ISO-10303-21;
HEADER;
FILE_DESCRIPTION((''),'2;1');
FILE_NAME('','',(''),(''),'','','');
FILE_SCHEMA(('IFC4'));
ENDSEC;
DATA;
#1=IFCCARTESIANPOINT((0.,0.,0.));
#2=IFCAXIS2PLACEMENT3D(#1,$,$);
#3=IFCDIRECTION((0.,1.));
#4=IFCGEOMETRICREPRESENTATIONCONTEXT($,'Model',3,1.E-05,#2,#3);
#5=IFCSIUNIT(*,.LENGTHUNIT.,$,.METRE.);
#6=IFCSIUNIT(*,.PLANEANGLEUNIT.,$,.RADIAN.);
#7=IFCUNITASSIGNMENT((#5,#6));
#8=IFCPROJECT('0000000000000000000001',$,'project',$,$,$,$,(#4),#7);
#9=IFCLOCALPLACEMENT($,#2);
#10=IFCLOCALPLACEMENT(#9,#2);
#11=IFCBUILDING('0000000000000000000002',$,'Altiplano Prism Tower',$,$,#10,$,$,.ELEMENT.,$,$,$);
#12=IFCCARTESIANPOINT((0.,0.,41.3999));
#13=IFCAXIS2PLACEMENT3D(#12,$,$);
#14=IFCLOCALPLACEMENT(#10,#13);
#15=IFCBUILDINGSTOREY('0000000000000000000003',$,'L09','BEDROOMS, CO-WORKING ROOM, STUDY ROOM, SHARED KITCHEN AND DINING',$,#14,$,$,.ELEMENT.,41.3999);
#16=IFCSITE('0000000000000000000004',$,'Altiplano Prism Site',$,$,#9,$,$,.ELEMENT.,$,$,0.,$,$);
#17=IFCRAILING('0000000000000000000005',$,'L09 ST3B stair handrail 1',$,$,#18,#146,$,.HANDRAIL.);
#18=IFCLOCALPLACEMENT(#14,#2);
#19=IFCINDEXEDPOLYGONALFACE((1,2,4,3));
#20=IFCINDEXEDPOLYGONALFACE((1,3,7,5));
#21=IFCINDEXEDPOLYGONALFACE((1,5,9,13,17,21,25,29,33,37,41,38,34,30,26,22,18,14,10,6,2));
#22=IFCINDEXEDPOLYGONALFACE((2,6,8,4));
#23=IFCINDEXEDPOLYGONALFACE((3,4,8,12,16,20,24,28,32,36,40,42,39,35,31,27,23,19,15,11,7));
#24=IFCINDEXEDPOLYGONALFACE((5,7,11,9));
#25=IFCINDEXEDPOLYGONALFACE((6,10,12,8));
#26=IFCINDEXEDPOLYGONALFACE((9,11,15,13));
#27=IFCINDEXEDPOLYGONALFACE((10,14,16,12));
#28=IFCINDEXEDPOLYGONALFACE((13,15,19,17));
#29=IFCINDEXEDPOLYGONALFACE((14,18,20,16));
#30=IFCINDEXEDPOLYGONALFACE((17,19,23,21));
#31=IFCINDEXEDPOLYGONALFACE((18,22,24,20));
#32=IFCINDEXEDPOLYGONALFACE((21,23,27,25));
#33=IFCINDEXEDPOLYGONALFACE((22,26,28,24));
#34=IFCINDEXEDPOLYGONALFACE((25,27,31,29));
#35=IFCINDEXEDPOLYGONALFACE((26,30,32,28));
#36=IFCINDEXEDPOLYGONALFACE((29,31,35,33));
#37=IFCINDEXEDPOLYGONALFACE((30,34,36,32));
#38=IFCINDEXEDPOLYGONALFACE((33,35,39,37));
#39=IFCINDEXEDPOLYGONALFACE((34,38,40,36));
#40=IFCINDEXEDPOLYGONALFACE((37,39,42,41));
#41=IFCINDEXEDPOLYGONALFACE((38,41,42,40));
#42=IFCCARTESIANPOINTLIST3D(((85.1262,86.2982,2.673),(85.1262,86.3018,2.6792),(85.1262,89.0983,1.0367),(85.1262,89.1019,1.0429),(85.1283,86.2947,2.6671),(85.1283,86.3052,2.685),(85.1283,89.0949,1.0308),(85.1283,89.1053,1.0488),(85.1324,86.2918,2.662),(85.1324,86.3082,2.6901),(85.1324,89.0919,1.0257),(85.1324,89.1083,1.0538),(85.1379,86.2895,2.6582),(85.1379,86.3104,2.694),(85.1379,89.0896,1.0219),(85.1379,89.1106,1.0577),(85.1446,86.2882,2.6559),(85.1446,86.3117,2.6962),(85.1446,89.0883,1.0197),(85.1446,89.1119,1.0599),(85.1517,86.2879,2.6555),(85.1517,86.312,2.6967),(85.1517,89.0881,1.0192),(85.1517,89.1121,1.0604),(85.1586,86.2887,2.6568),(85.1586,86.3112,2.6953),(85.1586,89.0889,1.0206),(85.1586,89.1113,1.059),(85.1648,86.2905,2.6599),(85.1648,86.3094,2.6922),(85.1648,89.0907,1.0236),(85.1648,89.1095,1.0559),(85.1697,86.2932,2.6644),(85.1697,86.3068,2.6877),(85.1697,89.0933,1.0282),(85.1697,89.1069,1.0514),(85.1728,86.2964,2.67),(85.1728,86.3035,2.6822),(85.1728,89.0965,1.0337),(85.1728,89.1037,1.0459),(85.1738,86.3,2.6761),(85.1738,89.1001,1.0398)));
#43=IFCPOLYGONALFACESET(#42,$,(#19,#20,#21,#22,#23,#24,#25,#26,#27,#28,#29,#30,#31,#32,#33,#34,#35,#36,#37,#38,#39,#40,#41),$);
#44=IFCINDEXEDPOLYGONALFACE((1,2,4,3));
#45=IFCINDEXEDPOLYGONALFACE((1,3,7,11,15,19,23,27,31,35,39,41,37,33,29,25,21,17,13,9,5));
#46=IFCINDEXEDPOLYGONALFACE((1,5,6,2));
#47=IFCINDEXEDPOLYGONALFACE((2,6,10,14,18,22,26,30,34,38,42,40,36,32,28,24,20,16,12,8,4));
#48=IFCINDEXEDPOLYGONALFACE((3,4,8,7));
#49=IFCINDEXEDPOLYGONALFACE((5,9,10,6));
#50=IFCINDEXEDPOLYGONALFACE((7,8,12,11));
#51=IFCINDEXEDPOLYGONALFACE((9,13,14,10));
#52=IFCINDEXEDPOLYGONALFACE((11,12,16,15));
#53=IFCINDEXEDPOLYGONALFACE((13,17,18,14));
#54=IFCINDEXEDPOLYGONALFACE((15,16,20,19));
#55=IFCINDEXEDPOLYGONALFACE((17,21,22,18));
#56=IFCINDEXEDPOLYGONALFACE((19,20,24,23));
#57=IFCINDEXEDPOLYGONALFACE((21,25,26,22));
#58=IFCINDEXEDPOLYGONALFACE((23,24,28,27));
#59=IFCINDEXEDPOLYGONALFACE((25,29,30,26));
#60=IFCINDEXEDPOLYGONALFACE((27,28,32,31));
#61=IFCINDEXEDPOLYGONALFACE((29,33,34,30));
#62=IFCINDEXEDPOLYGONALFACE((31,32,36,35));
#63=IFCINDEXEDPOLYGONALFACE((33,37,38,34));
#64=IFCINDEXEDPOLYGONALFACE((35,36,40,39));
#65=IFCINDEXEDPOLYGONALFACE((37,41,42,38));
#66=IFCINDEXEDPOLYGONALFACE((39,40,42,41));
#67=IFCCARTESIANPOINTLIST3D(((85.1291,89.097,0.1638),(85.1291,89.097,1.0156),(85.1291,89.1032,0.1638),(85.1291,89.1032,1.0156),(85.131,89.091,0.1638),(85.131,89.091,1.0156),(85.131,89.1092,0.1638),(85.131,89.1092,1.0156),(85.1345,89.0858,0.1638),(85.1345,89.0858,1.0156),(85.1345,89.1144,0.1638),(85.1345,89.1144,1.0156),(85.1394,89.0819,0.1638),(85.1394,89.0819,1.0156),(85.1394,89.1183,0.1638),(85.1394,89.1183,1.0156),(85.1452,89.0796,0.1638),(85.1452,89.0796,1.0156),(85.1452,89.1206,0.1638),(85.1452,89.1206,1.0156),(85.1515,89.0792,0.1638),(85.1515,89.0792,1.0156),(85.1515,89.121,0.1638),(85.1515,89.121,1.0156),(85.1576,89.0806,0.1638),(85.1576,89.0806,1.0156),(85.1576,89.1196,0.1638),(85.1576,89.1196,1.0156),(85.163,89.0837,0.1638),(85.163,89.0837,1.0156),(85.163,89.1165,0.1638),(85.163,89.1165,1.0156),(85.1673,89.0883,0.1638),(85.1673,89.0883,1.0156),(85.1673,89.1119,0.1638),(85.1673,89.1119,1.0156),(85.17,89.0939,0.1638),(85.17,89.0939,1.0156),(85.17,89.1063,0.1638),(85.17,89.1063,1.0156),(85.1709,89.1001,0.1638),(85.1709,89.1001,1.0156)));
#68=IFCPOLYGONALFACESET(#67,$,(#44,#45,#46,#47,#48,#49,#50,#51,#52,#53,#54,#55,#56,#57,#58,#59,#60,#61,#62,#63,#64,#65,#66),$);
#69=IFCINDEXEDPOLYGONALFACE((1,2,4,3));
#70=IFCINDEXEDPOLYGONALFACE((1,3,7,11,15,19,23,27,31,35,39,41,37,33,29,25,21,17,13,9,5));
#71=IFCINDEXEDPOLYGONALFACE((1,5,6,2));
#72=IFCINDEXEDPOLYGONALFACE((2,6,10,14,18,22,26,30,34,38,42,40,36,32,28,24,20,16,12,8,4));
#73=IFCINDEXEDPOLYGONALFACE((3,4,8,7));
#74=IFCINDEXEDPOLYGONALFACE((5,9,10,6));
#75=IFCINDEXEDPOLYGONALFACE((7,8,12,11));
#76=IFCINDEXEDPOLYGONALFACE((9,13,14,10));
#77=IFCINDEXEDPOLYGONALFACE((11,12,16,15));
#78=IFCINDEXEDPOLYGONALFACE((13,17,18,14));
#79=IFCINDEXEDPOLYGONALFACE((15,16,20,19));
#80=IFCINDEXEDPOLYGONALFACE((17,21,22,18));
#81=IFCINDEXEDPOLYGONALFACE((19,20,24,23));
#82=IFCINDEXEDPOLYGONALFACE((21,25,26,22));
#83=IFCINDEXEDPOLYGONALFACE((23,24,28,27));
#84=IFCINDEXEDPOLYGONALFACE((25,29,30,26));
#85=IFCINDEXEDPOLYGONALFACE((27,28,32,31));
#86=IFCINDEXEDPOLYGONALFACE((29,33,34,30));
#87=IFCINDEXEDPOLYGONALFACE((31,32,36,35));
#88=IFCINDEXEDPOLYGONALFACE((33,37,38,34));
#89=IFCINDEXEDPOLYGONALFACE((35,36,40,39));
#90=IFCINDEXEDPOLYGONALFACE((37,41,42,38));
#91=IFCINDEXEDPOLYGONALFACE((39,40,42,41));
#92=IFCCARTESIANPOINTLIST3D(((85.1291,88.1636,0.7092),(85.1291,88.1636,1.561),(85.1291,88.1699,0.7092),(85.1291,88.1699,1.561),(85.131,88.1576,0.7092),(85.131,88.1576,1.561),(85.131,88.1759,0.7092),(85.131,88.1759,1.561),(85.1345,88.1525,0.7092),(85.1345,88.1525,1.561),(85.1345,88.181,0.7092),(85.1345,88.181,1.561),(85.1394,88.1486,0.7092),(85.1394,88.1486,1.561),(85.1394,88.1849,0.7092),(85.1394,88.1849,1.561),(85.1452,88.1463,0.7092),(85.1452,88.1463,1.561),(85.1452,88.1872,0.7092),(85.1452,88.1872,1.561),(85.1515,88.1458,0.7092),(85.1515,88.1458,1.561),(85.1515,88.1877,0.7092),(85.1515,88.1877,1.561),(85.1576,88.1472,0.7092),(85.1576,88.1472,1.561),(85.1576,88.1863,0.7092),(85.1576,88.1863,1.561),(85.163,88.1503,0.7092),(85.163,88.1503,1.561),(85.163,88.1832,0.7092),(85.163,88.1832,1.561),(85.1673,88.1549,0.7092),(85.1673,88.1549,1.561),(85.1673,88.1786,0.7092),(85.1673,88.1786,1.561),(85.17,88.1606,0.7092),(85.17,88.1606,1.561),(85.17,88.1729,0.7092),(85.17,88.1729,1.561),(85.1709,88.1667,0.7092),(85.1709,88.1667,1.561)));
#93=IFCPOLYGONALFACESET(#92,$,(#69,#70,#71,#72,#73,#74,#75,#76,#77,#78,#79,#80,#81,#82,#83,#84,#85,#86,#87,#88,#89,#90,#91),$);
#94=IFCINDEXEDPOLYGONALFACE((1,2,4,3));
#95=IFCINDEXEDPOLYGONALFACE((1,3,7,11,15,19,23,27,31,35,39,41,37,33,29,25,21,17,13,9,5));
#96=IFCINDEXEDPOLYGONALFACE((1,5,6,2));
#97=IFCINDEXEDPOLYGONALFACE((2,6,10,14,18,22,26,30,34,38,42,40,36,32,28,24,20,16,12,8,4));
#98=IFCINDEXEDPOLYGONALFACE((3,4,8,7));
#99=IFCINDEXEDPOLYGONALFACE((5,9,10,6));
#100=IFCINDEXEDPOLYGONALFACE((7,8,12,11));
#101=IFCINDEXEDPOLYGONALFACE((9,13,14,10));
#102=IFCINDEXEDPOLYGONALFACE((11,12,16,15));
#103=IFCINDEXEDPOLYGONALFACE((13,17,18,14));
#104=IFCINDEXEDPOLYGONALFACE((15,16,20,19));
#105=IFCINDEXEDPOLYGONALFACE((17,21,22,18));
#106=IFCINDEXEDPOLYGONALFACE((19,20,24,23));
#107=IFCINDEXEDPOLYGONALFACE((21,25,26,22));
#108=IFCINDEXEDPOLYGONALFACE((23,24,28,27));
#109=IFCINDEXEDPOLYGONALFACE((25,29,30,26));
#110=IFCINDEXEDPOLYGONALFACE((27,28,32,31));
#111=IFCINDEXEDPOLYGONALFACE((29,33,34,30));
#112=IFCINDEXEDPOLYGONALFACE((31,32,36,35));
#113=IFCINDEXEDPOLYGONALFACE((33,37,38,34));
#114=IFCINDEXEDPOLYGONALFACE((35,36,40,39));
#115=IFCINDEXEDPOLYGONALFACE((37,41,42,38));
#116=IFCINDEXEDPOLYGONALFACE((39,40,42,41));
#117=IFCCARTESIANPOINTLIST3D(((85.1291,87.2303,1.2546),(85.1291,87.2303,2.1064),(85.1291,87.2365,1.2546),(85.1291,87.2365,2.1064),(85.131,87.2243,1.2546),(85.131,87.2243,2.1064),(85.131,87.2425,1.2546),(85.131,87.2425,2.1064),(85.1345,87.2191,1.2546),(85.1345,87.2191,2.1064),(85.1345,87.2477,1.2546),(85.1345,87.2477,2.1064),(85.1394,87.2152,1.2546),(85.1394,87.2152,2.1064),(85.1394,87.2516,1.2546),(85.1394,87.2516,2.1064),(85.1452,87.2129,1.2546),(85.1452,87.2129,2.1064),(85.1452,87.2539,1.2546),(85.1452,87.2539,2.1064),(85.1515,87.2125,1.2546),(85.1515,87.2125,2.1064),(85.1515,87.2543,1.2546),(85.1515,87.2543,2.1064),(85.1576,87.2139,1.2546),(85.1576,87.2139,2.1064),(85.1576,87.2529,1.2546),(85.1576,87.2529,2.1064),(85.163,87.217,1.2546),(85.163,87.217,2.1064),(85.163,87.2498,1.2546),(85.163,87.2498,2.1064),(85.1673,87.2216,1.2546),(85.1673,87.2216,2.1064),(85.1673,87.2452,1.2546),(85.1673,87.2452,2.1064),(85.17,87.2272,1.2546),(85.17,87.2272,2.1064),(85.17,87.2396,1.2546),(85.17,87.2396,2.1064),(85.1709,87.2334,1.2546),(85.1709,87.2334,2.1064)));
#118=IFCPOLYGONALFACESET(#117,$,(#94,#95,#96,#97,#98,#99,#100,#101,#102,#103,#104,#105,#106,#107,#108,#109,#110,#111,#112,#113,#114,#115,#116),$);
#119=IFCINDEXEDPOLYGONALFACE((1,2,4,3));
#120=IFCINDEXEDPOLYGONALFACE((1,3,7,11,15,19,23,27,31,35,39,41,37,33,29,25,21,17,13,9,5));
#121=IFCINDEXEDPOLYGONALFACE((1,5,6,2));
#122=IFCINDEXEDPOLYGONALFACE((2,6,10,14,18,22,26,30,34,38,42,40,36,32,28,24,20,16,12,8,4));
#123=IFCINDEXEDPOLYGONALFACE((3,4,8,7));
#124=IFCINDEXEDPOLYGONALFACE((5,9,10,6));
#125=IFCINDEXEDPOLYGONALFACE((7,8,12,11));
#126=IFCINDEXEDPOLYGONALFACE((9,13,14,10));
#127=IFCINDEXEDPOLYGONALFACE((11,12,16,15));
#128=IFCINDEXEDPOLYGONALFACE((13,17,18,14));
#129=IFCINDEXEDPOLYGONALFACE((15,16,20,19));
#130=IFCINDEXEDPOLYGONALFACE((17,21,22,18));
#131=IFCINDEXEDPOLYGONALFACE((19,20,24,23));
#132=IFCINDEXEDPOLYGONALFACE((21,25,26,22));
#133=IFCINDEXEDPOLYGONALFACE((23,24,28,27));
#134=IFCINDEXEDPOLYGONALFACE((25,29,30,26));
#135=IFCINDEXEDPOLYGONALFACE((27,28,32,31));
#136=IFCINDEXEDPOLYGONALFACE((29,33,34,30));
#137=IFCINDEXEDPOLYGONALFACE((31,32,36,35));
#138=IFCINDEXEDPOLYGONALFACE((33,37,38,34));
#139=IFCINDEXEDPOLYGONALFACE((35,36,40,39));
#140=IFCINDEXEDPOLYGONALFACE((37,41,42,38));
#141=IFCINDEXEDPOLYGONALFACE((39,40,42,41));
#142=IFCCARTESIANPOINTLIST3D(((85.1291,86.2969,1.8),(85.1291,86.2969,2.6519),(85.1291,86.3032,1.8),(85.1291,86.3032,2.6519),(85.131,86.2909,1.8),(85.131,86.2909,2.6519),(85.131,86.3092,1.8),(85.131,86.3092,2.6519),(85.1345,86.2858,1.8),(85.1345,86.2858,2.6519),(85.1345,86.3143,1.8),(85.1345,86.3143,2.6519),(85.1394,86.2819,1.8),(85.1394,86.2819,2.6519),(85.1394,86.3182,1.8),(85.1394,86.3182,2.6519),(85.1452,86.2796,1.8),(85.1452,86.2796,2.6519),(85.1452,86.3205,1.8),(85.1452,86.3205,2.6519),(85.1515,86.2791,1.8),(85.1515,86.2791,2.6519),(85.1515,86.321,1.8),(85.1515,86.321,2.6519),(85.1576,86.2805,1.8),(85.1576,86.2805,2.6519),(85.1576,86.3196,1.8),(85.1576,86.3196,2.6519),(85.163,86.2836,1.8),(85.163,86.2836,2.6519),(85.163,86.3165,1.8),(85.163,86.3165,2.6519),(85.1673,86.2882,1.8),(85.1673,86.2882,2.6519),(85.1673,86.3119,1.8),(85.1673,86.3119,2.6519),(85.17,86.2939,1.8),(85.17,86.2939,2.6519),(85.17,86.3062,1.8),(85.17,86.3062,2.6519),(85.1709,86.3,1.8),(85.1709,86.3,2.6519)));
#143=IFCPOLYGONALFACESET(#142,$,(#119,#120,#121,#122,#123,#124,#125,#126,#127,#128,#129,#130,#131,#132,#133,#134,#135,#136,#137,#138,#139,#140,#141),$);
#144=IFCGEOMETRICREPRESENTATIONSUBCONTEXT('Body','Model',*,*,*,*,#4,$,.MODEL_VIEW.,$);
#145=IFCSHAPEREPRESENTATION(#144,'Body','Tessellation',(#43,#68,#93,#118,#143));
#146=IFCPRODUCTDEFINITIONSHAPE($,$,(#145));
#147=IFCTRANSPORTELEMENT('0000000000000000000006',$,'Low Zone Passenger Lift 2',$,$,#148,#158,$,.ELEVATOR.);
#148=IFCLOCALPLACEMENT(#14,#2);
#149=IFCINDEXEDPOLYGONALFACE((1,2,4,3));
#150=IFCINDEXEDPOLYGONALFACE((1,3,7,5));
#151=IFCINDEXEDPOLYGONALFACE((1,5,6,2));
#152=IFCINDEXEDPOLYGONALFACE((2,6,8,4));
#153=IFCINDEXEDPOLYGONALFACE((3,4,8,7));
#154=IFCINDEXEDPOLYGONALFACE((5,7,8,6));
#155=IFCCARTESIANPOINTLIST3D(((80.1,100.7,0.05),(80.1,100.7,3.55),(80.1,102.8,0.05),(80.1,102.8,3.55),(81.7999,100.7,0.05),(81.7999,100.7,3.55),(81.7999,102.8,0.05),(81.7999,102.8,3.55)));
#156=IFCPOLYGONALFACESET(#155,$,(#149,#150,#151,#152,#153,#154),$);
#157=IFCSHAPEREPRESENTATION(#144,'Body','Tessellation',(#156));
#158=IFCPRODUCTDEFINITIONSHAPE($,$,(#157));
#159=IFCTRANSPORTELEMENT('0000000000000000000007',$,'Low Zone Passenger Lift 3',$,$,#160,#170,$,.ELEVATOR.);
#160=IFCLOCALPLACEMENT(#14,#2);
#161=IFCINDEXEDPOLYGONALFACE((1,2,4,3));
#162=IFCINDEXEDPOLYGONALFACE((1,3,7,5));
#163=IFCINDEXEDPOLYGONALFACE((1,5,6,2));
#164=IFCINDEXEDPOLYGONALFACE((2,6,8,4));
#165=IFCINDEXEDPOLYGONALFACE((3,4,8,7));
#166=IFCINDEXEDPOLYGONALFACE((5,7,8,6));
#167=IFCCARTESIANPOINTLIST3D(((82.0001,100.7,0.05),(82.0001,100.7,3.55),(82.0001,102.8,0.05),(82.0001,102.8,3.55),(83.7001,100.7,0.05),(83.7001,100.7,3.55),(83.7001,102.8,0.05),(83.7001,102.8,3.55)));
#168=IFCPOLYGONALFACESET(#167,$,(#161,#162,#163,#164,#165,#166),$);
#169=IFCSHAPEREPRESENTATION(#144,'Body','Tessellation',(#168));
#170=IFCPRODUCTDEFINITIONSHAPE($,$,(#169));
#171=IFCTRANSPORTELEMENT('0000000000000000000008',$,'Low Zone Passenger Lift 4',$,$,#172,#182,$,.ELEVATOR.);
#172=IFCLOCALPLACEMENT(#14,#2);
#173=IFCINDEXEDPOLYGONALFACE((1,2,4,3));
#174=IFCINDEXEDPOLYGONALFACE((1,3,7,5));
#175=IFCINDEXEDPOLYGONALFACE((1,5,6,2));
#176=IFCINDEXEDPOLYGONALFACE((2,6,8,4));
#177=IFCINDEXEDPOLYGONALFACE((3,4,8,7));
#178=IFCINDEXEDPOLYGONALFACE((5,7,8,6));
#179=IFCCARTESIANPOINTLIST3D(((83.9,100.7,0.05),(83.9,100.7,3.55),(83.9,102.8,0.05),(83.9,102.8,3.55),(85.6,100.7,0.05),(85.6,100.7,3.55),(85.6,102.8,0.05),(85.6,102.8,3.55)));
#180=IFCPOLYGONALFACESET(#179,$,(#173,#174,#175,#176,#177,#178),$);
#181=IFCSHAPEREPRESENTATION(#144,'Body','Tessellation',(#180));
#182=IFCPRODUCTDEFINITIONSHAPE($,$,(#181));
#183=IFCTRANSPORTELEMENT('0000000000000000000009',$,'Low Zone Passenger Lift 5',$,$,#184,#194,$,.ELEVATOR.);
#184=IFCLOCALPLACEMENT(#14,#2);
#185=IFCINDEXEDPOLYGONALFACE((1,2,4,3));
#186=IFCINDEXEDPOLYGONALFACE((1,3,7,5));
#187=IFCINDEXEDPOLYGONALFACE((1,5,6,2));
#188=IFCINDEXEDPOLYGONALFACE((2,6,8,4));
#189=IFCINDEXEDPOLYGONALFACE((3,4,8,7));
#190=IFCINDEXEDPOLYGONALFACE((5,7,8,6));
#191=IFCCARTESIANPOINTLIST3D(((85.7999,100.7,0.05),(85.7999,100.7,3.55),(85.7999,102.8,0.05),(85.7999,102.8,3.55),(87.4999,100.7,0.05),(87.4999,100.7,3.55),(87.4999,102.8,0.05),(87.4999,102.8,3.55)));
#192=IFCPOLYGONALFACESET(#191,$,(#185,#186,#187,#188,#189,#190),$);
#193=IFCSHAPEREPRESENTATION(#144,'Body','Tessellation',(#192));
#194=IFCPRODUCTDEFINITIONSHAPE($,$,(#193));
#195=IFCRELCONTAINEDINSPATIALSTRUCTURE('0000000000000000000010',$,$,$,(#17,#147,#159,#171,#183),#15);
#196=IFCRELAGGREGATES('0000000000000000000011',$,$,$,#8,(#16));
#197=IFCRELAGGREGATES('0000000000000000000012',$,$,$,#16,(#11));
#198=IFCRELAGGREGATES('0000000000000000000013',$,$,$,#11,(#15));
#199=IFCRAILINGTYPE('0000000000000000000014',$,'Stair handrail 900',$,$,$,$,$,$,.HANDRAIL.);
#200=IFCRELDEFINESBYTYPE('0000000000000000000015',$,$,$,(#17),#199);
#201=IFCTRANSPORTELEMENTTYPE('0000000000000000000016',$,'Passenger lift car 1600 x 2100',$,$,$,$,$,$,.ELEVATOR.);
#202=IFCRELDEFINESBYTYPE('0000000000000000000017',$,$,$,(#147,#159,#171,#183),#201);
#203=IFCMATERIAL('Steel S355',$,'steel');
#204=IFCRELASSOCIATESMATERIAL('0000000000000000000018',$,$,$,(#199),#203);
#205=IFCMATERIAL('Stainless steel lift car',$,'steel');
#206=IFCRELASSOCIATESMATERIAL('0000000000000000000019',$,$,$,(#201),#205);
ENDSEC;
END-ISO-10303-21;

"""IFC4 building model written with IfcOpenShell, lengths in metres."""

from ifc_helpers import new_model, si_unit, direction, frame, origin, origin_2d, place, context, subcontext, project, spatial, rectangle, circle, extrude, material, type_object, element, save


model = new_model("IFC4")

# Units and contexts
model_context = context("Model", 3, precision=1e-05, world=origin(), true_north=direction((0.0, 1.0)))
body_context = subcontext(model_context, "Body", "Model", "MODEL_VIEW")
ifc_project = project(units=[si_unit("LENGTHUNIT", "METRE"), si_unit("PLANEANGLEUNIT", "RADIAN")], contexts=[model_context])

# Site, building, storey
site_placement = place(None, origin())
site = spatial("IfcSite", under=ifc_project, at=site_placement, Name="Altiplano Prism Site", CompositionType="ELEMENT", RefElevation=0.0)
building_placement = place(site_placement, origin())
building = spatial("IfcBuilding", under=site, at=building_placement, Name="Altiplano Prism Tower", CompositionType="ELEMENT")
storey_placement = place(building_placement, frame((0.0, 0.0, 41.3999)))
storey = spatial("IfcBuildingStorey", under=building, at=storey_placement, Name="L09", Description="BEDROOMS, CO-WORKING ROOM, STUDY ROOM, SHARED KITCHEN AND DINING", CompositionType="ELEMENT", Elevation=41.3999)

# Railing
ifc_material_1 = material(Name="Steel S355", Category="steel")
railing_type_1 = type_object("IfcRailingType", Name="Stair handrail 900", PredefinedType="HANDRAIL", material=ifc_material_1)
railing_1_placement = place(storey_placement, frame((85.1499, 89.1001, 0.1638)))
element("IfcRailing", 1, at=railing_1_placement, inside=storey, type_object=railing_type_1, Name="L09 ST3B stair handrail 1", PredefinedType="HANDRAIL", context=body_context, shape_type="SweptSolid", body=[
    extrude(circle(Radius=0.0239, at=origin_2d()), frame((0.0, 0.0, 0.876), z_axis=(0.0, -0.863394, 0.504531), x_axis=(1.0, 0.0, 0.0)), (0.0, 0.0, 1.0), 3.2432),
    extrude(circle(Radius=0.021, at=origin_2d()), origin(), (0.0, 0.0, 1.0), 0.8518),
    extrude(circle(Radius=0.021, at=origin_2d()), frame((0.0, -0.9333, 0.5454)), (0.0, 0.0, 1.0), 0.8518),
    extrude(circle(Radius=0.021, at=origin_2d()), frame((0.0, -1.8667, 1.0908)), (0.0, 0.0, 1.0), 0.8518),
    extrude(circle(Radius=0.021, at=origin_2d()), frame((0.0, -2.8, 1.6362)), (0.0, 0.0, 1.0), 0.8518),
])

# Transport elements
ifc_material_2 = material(Name="Stainless steel lift car", Category="steel")
transport_element_type = type_object("IfcTransportElementType", Name="Passenger lift car 1600 x 2100", PredefinedType="ELEVATOR", material=ifc_material_2)
for number, where, z_axis, x_axis, name in (
    (2, (80.95, 101.75, 0.05), (0.0, 0.0, 1.0), (1.0, 0.0, 0.0), "Low Zone Passenger Lift 2"),
    (3, (82.8501, 101.75, 0.05), (0.0, 0.0, 1.0), (1.0, 0.0, 0.0), "Low Zone Passenger Lift 3"),
    (4, (84.75, 101.75, 0.05), (0.0, 0.0, 1.0), (1.0, 0.0, 0.0), "Low Zone Passenger Lift 4"),
    (5, (86.6499, 101.75, 0.05), (0.0, 0.0, 1.0), (1.0, 0.0, 0.0), "Low Zone Passenger Lift 5"),
):
    element("IfcTransportElement", number, at=place(storey_placement, frame(where, z_axis=z_axis, x_axis=x_axis)), inside=storey, type_object=transport_element_type, Name=name, PredefinedType="ELEVATOR", context=body_context, shape_type="SweptSolid", body=[
        extrude(rectangle(XDim=1.7, YDim=2.1001, at=origin_2d()), origin(), (0.0, 0.0, 1.0), 3.5),
    ])

save(model, "model.ifc")
